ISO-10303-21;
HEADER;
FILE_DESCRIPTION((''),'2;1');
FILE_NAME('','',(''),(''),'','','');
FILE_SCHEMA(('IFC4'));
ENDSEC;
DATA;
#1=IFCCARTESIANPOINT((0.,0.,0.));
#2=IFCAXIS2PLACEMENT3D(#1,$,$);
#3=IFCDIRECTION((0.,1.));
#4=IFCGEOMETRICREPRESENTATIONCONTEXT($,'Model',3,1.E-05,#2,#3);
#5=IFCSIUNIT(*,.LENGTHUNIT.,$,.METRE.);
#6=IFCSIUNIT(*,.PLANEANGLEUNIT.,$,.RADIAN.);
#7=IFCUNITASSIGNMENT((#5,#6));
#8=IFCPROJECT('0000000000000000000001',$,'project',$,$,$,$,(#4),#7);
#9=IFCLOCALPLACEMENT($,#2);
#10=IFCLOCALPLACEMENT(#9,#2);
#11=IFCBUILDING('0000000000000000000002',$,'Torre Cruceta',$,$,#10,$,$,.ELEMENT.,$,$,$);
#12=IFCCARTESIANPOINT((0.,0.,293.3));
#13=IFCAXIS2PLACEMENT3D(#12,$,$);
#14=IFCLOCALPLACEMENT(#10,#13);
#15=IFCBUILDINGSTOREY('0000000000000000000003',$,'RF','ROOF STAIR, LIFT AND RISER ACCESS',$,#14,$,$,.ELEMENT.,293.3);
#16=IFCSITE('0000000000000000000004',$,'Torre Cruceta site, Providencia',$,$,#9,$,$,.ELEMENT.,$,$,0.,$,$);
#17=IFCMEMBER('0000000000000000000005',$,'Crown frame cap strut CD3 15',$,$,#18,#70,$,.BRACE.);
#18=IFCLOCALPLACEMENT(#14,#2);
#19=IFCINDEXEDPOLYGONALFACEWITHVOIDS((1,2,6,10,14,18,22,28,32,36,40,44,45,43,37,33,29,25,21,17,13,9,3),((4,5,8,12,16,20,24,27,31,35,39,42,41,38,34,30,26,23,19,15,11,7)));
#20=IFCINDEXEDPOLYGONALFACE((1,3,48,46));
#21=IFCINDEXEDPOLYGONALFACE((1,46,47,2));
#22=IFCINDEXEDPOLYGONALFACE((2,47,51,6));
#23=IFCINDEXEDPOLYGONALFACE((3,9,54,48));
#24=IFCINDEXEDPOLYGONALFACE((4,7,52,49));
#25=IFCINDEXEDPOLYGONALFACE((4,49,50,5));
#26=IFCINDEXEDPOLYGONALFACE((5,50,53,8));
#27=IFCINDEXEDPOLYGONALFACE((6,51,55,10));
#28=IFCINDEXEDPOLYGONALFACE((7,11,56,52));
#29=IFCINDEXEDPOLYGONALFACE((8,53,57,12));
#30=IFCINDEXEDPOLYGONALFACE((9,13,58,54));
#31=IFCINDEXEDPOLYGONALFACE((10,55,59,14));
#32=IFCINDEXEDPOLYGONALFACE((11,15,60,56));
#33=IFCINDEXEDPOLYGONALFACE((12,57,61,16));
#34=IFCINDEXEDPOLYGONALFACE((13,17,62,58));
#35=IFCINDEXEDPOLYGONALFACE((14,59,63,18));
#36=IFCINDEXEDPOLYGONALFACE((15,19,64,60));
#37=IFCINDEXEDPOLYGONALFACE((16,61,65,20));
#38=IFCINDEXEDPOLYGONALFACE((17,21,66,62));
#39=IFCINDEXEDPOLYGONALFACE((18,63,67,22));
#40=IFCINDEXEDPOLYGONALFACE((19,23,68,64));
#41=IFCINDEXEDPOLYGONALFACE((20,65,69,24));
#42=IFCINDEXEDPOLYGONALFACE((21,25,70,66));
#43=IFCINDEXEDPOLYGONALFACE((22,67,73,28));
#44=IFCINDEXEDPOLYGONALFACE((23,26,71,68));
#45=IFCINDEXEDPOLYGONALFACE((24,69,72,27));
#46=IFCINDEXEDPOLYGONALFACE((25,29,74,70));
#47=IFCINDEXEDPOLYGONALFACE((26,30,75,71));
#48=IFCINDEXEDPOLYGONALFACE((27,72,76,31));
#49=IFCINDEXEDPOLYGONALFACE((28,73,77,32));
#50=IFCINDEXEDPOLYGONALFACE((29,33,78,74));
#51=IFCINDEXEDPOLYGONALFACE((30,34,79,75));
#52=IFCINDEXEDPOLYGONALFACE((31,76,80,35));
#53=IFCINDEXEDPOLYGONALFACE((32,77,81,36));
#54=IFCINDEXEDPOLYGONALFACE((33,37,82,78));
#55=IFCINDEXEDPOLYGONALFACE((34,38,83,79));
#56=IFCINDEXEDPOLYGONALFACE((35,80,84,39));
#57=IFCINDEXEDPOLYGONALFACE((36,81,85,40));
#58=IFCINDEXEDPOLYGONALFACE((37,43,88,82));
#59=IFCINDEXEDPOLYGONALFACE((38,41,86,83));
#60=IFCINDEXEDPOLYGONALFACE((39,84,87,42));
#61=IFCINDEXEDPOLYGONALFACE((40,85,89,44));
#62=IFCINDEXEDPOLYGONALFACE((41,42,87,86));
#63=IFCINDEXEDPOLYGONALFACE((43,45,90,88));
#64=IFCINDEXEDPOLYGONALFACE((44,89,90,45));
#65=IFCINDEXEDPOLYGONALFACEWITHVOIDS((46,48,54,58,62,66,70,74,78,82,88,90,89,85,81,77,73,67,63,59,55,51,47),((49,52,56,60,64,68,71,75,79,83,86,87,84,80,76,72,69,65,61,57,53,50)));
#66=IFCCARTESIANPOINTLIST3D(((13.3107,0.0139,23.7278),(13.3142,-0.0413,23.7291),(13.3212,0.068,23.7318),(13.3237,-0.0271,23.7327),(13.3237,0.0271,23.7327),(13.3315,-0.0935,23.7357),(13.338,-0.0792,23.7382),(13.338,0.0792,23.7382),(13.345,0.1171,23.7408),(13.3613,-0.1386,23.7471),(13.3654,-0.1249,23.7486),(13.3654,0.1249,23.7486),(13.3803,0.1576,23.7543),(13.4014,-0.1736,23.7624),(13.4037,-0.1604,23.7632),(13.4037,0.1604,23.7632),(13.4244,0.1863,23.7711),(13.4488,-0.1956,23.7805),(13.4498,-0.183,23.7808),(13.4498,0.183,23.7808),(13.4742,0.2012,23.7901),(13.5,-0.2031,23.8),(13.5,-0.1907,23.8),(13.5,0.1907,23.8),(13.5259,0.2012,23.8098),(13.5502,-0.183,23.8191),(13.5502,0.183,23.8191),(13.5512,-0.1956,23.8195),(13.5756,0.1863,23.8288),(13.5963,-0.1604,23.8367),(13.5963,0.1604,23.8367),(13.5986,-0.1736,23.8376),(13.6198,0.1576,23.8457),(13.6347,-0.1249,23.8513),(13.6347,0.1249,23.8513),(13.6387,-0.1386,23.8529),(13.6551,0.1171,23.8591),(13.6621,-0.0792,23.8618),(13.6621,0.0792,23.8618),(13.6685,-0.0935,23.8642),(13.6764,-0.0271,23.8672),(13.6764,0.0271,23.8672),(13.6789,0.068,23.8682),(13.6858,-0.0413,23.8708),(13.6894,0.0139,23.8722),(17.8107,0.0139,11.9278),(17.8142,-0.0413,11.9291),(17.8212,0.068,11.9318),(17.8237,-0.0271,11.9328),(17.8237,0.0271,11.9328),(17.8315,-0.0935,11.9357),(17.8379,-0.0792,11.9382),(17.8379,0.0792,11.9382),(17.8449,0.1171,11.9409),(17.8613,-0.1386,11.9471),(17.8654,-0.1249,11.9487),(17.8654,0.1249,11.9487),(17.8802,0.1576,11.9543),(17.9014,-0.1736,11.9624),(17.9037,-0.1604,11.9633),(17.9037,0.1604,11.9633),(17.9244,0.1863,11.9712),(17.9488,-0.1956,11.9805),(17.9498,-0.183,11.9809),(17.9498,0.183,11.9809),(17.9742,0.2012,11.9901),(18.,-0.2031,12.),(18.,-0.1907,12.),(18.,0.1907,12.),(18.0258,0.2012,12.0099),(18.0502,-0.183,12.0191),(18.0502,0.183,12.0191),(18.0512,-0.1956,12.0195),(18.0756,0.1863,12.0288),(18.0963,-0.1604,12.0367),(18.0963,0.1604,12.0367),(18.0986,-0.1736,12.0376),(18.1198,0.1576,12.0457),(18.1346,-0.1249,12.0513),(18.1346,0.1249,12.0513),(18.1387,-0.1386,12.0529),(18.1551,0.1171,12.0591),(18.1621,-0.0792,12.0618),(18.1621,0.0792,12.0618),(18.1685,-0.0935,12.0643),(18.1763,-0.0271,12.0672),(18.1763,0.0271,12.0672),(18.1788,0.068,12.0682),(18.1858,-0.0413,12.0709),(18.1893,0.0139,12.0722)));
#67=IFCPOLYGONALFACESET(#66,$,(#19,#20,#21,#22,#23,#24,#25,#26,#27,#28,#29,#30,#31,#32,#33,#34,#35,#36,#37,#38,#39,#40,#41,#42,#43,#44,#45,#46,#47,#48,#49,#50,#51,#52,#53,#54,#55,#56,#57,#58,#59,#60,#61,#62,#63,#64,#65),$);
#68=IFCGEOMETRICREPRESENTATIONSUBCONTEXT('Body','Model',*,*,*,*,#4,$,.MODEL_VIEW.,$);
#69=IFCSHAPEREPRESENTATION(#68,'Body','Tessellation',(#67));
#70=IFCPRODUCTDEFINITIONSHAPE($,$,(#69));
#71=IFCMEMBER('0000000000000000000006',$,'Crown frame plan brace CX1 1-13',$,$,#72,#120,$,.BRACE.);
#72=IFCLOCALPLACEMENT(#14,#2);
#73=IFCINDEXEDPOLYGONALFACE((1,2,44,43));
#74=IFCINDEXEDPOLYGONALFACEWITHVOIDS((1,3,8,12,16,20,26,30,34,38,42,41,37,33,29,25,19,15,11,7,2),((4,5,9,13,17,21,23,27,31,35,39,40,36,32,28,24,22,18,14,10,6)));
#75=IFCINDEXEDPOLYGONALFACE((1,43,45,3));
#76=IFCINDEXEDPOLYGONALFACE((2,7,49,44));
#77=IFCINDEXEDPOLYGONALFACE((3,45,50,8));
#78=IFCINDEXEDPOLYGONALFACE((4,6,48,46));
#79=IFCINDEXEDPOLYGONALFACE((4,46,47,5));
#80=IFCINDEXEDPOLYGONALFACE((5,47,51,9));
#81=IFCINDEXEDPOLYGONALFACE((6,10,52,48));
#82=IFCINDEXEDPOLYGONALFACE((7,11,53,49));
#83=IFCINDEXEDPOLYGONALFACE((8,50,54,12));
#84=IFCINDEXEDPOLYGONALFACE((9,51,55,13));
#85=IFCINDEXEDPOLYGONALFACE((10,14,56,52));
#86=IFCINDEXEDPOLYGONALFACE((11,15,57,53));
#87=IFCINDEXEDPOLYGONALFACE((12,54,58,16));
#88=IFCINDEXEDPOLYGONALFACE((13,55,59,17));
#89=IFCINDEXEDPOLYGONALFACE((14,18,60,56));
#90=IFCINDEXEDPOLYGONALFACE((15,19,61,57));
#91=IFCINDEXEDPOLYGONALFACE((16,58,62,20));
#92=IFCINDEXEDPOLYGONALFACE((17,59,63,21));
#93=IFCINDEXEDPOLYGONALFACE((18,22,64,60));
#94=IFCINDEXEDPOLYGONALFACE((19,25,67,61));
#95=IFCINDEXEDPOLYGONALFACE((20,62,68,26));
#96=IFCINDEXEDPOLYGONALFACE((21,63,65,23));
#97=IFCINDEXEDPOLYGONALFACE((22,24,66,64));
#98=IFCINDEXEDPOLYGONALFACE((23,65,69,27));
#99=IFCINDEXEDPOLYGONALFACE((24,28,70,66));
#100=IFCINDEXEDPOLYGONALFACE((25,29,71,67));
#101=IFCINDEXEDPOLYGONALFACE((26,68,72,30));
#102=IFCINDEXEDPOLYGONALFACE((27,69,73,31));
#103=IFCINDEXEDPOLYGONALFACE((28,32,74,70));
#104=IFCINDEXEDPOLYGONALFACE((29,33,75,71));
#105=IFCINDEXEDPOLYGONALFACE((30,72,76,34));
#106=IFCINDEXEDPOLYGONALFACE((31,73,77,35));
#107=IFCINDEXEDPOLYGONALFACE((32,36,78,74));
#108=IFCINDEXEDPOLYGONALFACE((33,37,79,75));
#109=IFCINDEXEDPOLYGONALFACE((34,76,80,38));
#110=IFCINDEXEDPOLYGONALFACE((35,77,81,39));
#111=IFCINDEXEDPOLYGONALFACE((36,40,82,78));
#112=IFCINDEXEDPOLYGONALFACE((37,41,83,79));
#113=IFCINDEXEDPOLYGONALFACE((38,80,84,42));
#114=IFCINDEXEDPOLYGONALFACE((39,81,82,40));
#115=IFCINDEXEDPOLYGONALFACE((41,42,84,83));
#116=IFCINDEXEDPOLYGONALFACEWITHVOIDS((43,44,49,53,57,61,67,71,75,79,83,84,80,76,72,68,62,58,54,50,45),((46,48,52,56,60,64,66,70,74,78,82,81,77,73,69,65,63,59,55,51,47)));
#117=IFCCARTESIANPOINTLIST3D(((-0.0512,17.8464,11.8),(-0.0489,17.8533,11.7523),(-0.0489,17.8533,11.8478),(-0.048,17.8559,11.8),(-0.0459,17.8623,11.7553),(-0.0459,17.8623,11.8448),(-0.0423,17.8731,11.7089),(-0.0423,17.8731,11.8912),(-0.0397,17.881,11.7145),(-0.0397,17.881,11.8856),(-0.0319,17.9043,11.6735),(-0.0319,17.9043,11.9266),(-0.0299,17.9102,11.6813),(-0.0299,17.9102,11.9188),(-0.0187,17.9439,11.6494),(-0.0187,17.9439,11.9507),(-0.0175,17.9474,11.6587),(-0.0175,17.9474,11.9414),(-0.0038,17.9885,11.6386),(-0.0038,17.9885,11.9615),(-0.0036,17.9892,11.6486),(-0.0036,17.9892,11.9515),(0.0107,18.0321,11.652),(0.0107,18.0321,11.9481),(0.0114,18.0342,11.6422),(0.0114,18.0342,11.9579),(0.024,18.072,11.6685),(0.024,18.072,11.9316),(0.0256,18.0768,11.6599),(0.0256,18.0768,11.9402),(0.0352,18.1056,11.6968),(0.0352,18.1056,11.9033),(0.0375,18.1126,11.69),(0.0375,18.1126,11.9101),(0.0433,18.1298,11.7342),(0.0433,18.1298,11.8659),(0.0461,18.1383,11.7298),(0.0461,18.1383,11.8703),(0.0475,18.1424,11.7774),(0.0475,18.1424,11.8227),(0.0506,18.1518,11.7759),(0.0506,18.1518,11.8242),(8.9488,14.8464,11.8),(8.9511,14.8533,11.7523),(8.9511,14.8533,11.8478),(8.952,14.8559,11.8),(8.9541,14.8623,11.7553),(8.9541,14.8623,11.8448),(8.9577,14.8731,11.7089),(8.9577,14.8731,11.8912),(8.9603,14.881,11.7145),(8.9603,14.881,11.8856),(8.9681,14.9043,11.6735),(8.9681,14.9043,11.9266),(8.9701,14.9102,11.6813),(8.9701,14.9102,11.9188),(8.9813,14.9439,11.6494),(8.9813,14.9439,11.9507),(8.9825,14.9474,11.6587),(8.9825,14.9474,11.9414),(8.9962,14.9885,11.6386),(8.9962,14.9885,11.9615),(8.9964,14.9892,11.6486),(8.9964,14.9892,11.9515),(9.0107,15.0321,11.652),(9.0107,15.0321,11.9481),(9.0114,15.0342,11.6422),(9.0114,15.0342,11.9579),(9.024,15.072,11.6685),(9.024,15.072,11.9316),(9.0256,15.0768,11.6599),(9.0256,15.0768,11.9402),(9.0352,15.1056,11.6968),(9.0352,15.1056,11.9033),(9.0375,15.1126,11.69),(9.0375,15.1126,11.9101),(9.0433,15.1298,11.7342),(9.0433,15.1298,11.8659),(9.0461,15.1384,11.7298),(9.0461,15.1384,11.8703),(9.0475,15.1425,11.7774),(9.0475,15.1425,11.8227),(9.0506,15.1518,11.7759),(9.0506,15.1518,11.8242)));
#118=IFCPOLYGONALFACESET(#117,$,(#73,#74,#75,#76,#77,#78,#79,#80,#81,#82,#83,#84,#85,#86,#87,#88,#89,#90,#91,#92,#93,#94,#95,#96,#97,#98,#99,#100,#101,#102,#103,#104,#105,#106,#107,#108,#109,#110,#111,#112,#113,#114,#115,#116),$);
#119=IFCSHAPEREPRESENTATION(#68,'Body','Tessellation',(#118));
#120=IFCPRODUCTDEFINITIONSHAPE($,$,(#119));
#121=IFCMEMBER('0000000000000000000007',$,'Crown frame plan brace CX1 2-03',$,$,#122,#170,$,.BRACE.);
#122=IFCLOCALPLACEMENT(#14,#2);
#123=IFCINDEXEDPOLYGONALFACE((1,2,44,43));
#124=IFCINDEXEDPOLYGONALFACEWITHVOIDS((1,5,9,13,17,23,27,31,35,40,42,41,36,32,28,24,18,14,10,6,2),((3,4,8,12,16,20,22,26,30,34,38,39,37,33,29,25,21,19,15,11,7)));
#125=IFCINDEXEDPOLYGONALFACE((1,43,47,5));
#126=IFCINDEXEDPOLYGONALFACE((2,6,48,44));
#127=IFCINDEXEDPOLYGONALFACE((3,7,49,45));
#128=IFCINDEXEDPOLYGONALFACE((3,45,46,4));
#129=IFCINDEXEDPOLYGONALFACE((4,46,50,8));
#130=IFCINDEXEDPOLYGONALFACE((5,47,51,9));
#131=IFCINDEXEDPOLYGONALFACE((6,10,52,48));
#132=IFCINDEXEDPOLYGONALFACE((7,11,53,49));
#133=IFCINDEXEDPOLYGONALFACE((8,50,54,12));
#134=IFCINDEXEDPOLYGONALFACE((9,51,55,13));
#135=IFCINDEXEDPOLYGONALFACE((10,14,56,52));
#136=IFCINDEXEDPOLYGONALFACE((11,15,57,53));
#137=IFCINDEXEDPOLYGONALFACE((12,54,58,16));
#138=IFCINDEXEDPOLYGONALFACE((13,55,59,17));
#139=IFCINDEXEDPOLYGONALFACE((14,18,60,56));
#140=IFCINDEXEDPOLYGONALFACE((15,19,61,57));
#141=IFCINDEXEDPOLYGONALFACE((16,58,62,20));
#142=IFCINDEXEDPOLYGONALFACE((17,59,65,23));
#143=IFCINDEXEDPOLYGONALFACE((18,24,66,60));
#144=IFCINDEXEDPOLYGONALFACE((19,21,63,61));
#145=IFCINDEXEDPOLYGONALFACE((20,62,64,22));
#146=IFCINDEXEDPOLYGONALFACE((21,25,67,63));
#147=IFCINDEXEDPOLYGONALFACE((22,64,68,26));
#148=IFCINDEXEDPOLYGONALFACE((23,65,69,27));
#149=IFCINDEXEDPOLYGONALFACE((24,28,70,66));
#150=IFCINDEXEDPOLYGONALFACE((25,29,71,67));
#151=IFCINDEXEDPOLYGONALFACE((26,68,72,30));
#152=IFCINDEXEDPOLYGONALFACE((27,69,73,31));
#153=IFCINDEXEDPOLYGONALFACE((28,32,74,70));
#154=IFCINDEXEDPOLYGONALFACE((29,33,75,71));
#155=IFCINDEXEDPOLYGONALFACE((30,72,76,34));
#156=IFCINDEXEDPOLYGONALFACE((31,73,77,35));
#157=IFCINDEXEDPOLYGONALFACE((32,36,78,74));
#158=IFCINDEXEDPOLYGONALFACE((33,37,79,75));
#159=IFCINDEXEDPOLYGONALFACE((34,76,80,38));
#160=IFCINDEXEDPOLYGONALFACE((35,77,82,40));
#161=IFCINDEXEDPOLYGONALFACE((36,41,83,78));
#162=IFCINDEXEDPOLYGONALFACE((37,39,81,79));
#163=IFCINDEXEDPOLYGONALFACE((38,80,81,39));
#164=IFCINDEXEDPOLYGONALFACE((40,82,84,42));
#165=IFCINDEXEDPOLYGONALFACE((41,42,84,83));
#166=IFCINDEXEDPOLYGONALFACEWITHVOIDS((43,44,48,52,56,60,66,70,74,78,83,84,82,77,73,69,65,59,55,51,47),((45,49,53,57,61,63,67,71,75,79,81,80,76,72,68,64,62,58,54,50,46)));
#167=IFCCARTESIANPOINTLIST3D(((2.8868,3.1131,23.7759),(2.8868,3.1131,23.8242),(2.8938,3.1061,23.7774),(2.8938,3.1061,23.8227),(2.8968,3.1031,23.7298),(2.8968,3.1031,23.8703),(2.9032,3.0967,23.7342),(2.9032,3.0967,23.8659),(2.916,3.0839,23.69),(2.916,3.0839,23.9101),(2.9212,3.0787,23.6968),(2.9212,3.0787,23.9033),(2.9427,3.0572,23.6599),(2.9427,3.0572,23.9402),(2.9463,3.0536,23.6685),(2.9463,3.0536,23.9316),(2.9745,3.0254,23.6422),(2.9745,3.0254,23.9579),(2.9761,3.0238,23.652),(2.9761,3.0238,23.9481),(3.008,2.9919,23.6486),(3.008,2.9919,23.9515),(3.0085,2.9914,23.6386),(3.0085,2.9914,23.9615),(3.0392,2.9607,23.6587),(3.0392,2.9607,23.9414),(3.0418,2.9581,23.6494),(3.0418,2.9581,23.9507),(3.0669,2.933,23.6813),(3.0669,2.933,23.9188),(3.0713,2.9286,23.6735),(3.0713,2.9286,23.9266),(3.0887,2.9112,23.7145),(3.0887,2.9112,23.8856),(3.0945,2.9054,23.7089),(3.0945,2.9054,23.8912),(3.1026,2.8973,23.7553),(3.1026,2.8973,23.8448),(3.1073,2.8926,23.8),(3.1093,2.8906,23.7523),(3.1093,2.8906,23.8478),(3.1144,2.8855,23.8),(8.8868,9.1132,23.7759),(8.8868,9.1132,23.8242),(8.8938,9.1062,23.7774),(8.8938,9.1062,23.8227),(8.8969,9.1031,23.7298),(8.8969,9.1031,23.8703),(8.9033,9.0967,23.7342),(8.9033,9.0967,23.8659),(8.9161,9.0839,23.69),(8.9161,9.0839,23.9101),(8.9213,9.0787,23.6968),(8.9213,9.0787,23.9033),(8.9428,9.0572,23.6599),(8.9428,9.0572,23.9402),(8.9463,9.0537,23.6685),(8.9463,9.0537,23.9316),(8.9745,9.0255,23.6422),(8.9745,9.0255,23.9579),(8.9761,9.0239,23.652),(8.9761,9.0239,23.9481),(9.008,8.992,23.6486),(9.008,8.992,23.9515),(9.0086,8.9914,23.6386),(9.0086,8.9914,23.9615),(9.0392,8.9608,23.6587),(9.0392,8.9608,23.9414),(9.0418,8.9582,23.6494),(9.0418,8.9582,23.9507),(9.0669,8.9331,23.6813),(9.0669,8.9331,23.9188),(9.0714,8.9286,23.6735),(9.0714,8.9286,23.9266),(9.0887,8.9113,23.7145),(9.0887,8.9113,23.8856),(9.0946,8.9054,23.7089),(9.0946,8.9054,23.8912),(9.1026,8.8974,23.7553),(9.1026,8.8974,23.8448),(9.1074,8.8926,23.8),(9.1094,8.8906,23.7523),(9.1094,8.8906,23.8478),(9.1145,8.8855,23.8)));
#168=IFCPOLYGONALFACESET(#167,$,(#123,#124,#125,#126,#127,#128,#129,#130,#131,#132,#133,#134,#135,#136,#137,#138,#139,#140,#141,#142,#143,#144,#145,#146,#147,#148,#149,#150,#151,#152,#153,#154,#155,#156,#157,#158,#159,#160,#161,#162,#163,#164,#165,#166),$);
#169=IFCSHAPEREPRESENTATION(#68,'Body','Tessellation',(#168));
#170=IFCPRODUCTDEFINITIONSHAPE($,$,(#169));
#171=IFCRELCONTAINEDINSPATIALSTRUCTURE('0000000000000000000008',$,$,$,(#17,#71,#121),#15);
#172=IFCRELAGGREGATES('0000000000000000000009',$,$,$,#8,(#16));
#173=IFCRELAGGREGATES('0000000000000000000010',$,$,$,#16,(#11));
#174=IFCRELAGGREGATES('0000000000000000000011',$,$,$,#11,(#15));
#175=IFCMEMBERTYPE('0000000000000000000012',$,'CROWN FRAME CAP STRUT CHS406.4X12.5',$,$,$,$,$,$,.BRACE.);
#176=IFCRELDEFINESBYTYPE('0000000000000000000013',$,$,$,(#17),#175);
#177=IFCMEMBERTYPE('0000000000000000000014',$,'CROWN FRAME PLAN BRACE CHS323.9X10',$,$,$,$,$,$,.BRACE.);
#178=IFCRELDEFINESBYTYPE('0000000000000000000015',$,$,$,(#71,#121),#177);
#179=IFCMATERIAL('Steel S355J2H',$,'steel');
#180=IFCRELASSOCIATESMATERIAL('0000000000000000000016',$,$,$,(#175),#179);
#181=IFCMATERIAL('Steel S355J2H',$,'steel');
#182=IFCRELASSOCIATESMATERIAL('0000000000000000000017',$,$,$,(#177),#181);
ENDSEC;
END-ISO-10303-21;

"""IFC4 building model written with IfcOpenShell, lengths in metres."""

from ifc_helpers import new_model, si_unit, direction, frame, origin, origin_2d, place, context, subcontext, project, spatial, hollow_circle, extrude, material, material_profile, profile_set, type_object, element, save


model = new_model("IFC4")

# Units and contexts
model_context = context("Model", 3, precision=1e-05, world=origin(), true_north=direction((0.0, 1.0)))
body_context = subcontext(model_context, "Body", "Model", "MODEL_VIEW")
ifc_project = project(units=[si_unit("LENGTHUNIT", "METRE"), si_unit("PLANEANGLEUNIT", "RADIAN")], contexts=[model_context])

# Site, building, storey
site_placement = place(None, origin())
site = spatial("IfcSite", under=ifc_project, at=site_placement, Name="Torre Cruceta site, Providencia", CompositionType="ELEMENT", RefElevation=0.0)
building_placement = place(site_placement, origin())
building = spatial("IfcBuilding", under=site, at=building_placement, Name="Torre Cruceta", CompositionType="ELEMENT")
storey_placement = place(building_placement, frame((0.0, 0.0, 293.3)))
storey = spatial("IfcBuildingStorey", under=building, at=storey_placement, Name="RF", Description="ROOF STAIR, LIFT AND RISER ACCESS", CompositionType="ELEMENT", Elevation=293.3)

# Members
ifc_material_1 = material(Name="Steel S355J2H", Category="steel")
ifc_material_profile_1 = material_profile(ifc_material_1, hollow_circle(Radius=0.2031, WallThickness=0.0125, at=origin_2d()), Name="CHS406.4X12.5")
ifc_profile_set_1 = profile_set([ifc_material_profile_1], Name="Steel S355J2H")
member_type_1 = type_object("IfcMemberType", Name="CROWN FRAME CAP STRUT CHS406.4X12.5", PredefinedType="BRACE", material=ifc_profile_set_1)
member_1_placement = place(storey_placement, frame((18.0, 0.0, 12.0), z_axis=(-0.356323, 0.0, 0.934363), x_axis=(0.0, -1.0, 0.0)))
element("IfcMember", 1, at=member_1_placement, inside=storey, type_object=member_type_1, Name="Crown frame cap strut CD3 15", PredefinedType="BRACE", context=body_context, shape_type="SweptSolid", body=[
    extrude(hollow_circle(Radius=0.2031, WallThickness=0.0125, at=origin_2d()), origin(), (0.0, 0.0, 1.0), 12.6289),
])
ifc_material_2 = material(Name="Steel S355J2H", Category="steel")
ifc_material_profile_2 = material_profile(ifc_material_2, hollow_circle(Radius=0.1619, WallThickness=0.01, at=origin_2d()), Name="CHS323.9X10")
ifc_profile_set_2 = profile_set([ifc_material_profile_2], Name="Steel S355J2H")
member_type_2 = type_object("IfcMemberType", Name="CROWN FRAME PLAN BRACE CHS323.9X10", PredefinedType="BRACE", material=ifc_profile_set_2)
member_2_placement = place(storey_placement, frame((9.0, 15.0, 11.8), z_axis=(-0.948683, 0.316228, 0.0), x_axis=(-0.316228, -0.948683, 0.0)))
element("IfcMember", 2, at=member_2_placement, inside=storey, type_object=member_type_2, Name="Crown frame plan brace CX1 1-13", PredefinedType="BRACE", context=body_context, shape_type="SweptSolid", body=[
    extrude(hollow_circle(Radius=0.1619, WallThickness=0.01, at=origin_2d()), origin(), (0.0, 0.0, 1.0), 9.4868),
])
member_3_placement = place(storey_placement, frame((9.0, 9.0, 23.8), z_axis=(-0.707107, -0.707107, 0.0), x_axis=(0.707107, -0.707107, 0.0)))
element("IfcMember", 3, at=member_3_placement, inside=storey, type_object=member_type_2, Name="Crown frame plan brace CX1 2-03", PredefinedType="BRACE", context=body_context, shape_type="SweptSolid", body=[
    extrude(hollow_circle(Radius=0.1619, WallThickness=0.01, at=origin_2d()), origin(), (0.0, 0.0, 1.0), 8.4854),
])

save(model, "model.ifc")
